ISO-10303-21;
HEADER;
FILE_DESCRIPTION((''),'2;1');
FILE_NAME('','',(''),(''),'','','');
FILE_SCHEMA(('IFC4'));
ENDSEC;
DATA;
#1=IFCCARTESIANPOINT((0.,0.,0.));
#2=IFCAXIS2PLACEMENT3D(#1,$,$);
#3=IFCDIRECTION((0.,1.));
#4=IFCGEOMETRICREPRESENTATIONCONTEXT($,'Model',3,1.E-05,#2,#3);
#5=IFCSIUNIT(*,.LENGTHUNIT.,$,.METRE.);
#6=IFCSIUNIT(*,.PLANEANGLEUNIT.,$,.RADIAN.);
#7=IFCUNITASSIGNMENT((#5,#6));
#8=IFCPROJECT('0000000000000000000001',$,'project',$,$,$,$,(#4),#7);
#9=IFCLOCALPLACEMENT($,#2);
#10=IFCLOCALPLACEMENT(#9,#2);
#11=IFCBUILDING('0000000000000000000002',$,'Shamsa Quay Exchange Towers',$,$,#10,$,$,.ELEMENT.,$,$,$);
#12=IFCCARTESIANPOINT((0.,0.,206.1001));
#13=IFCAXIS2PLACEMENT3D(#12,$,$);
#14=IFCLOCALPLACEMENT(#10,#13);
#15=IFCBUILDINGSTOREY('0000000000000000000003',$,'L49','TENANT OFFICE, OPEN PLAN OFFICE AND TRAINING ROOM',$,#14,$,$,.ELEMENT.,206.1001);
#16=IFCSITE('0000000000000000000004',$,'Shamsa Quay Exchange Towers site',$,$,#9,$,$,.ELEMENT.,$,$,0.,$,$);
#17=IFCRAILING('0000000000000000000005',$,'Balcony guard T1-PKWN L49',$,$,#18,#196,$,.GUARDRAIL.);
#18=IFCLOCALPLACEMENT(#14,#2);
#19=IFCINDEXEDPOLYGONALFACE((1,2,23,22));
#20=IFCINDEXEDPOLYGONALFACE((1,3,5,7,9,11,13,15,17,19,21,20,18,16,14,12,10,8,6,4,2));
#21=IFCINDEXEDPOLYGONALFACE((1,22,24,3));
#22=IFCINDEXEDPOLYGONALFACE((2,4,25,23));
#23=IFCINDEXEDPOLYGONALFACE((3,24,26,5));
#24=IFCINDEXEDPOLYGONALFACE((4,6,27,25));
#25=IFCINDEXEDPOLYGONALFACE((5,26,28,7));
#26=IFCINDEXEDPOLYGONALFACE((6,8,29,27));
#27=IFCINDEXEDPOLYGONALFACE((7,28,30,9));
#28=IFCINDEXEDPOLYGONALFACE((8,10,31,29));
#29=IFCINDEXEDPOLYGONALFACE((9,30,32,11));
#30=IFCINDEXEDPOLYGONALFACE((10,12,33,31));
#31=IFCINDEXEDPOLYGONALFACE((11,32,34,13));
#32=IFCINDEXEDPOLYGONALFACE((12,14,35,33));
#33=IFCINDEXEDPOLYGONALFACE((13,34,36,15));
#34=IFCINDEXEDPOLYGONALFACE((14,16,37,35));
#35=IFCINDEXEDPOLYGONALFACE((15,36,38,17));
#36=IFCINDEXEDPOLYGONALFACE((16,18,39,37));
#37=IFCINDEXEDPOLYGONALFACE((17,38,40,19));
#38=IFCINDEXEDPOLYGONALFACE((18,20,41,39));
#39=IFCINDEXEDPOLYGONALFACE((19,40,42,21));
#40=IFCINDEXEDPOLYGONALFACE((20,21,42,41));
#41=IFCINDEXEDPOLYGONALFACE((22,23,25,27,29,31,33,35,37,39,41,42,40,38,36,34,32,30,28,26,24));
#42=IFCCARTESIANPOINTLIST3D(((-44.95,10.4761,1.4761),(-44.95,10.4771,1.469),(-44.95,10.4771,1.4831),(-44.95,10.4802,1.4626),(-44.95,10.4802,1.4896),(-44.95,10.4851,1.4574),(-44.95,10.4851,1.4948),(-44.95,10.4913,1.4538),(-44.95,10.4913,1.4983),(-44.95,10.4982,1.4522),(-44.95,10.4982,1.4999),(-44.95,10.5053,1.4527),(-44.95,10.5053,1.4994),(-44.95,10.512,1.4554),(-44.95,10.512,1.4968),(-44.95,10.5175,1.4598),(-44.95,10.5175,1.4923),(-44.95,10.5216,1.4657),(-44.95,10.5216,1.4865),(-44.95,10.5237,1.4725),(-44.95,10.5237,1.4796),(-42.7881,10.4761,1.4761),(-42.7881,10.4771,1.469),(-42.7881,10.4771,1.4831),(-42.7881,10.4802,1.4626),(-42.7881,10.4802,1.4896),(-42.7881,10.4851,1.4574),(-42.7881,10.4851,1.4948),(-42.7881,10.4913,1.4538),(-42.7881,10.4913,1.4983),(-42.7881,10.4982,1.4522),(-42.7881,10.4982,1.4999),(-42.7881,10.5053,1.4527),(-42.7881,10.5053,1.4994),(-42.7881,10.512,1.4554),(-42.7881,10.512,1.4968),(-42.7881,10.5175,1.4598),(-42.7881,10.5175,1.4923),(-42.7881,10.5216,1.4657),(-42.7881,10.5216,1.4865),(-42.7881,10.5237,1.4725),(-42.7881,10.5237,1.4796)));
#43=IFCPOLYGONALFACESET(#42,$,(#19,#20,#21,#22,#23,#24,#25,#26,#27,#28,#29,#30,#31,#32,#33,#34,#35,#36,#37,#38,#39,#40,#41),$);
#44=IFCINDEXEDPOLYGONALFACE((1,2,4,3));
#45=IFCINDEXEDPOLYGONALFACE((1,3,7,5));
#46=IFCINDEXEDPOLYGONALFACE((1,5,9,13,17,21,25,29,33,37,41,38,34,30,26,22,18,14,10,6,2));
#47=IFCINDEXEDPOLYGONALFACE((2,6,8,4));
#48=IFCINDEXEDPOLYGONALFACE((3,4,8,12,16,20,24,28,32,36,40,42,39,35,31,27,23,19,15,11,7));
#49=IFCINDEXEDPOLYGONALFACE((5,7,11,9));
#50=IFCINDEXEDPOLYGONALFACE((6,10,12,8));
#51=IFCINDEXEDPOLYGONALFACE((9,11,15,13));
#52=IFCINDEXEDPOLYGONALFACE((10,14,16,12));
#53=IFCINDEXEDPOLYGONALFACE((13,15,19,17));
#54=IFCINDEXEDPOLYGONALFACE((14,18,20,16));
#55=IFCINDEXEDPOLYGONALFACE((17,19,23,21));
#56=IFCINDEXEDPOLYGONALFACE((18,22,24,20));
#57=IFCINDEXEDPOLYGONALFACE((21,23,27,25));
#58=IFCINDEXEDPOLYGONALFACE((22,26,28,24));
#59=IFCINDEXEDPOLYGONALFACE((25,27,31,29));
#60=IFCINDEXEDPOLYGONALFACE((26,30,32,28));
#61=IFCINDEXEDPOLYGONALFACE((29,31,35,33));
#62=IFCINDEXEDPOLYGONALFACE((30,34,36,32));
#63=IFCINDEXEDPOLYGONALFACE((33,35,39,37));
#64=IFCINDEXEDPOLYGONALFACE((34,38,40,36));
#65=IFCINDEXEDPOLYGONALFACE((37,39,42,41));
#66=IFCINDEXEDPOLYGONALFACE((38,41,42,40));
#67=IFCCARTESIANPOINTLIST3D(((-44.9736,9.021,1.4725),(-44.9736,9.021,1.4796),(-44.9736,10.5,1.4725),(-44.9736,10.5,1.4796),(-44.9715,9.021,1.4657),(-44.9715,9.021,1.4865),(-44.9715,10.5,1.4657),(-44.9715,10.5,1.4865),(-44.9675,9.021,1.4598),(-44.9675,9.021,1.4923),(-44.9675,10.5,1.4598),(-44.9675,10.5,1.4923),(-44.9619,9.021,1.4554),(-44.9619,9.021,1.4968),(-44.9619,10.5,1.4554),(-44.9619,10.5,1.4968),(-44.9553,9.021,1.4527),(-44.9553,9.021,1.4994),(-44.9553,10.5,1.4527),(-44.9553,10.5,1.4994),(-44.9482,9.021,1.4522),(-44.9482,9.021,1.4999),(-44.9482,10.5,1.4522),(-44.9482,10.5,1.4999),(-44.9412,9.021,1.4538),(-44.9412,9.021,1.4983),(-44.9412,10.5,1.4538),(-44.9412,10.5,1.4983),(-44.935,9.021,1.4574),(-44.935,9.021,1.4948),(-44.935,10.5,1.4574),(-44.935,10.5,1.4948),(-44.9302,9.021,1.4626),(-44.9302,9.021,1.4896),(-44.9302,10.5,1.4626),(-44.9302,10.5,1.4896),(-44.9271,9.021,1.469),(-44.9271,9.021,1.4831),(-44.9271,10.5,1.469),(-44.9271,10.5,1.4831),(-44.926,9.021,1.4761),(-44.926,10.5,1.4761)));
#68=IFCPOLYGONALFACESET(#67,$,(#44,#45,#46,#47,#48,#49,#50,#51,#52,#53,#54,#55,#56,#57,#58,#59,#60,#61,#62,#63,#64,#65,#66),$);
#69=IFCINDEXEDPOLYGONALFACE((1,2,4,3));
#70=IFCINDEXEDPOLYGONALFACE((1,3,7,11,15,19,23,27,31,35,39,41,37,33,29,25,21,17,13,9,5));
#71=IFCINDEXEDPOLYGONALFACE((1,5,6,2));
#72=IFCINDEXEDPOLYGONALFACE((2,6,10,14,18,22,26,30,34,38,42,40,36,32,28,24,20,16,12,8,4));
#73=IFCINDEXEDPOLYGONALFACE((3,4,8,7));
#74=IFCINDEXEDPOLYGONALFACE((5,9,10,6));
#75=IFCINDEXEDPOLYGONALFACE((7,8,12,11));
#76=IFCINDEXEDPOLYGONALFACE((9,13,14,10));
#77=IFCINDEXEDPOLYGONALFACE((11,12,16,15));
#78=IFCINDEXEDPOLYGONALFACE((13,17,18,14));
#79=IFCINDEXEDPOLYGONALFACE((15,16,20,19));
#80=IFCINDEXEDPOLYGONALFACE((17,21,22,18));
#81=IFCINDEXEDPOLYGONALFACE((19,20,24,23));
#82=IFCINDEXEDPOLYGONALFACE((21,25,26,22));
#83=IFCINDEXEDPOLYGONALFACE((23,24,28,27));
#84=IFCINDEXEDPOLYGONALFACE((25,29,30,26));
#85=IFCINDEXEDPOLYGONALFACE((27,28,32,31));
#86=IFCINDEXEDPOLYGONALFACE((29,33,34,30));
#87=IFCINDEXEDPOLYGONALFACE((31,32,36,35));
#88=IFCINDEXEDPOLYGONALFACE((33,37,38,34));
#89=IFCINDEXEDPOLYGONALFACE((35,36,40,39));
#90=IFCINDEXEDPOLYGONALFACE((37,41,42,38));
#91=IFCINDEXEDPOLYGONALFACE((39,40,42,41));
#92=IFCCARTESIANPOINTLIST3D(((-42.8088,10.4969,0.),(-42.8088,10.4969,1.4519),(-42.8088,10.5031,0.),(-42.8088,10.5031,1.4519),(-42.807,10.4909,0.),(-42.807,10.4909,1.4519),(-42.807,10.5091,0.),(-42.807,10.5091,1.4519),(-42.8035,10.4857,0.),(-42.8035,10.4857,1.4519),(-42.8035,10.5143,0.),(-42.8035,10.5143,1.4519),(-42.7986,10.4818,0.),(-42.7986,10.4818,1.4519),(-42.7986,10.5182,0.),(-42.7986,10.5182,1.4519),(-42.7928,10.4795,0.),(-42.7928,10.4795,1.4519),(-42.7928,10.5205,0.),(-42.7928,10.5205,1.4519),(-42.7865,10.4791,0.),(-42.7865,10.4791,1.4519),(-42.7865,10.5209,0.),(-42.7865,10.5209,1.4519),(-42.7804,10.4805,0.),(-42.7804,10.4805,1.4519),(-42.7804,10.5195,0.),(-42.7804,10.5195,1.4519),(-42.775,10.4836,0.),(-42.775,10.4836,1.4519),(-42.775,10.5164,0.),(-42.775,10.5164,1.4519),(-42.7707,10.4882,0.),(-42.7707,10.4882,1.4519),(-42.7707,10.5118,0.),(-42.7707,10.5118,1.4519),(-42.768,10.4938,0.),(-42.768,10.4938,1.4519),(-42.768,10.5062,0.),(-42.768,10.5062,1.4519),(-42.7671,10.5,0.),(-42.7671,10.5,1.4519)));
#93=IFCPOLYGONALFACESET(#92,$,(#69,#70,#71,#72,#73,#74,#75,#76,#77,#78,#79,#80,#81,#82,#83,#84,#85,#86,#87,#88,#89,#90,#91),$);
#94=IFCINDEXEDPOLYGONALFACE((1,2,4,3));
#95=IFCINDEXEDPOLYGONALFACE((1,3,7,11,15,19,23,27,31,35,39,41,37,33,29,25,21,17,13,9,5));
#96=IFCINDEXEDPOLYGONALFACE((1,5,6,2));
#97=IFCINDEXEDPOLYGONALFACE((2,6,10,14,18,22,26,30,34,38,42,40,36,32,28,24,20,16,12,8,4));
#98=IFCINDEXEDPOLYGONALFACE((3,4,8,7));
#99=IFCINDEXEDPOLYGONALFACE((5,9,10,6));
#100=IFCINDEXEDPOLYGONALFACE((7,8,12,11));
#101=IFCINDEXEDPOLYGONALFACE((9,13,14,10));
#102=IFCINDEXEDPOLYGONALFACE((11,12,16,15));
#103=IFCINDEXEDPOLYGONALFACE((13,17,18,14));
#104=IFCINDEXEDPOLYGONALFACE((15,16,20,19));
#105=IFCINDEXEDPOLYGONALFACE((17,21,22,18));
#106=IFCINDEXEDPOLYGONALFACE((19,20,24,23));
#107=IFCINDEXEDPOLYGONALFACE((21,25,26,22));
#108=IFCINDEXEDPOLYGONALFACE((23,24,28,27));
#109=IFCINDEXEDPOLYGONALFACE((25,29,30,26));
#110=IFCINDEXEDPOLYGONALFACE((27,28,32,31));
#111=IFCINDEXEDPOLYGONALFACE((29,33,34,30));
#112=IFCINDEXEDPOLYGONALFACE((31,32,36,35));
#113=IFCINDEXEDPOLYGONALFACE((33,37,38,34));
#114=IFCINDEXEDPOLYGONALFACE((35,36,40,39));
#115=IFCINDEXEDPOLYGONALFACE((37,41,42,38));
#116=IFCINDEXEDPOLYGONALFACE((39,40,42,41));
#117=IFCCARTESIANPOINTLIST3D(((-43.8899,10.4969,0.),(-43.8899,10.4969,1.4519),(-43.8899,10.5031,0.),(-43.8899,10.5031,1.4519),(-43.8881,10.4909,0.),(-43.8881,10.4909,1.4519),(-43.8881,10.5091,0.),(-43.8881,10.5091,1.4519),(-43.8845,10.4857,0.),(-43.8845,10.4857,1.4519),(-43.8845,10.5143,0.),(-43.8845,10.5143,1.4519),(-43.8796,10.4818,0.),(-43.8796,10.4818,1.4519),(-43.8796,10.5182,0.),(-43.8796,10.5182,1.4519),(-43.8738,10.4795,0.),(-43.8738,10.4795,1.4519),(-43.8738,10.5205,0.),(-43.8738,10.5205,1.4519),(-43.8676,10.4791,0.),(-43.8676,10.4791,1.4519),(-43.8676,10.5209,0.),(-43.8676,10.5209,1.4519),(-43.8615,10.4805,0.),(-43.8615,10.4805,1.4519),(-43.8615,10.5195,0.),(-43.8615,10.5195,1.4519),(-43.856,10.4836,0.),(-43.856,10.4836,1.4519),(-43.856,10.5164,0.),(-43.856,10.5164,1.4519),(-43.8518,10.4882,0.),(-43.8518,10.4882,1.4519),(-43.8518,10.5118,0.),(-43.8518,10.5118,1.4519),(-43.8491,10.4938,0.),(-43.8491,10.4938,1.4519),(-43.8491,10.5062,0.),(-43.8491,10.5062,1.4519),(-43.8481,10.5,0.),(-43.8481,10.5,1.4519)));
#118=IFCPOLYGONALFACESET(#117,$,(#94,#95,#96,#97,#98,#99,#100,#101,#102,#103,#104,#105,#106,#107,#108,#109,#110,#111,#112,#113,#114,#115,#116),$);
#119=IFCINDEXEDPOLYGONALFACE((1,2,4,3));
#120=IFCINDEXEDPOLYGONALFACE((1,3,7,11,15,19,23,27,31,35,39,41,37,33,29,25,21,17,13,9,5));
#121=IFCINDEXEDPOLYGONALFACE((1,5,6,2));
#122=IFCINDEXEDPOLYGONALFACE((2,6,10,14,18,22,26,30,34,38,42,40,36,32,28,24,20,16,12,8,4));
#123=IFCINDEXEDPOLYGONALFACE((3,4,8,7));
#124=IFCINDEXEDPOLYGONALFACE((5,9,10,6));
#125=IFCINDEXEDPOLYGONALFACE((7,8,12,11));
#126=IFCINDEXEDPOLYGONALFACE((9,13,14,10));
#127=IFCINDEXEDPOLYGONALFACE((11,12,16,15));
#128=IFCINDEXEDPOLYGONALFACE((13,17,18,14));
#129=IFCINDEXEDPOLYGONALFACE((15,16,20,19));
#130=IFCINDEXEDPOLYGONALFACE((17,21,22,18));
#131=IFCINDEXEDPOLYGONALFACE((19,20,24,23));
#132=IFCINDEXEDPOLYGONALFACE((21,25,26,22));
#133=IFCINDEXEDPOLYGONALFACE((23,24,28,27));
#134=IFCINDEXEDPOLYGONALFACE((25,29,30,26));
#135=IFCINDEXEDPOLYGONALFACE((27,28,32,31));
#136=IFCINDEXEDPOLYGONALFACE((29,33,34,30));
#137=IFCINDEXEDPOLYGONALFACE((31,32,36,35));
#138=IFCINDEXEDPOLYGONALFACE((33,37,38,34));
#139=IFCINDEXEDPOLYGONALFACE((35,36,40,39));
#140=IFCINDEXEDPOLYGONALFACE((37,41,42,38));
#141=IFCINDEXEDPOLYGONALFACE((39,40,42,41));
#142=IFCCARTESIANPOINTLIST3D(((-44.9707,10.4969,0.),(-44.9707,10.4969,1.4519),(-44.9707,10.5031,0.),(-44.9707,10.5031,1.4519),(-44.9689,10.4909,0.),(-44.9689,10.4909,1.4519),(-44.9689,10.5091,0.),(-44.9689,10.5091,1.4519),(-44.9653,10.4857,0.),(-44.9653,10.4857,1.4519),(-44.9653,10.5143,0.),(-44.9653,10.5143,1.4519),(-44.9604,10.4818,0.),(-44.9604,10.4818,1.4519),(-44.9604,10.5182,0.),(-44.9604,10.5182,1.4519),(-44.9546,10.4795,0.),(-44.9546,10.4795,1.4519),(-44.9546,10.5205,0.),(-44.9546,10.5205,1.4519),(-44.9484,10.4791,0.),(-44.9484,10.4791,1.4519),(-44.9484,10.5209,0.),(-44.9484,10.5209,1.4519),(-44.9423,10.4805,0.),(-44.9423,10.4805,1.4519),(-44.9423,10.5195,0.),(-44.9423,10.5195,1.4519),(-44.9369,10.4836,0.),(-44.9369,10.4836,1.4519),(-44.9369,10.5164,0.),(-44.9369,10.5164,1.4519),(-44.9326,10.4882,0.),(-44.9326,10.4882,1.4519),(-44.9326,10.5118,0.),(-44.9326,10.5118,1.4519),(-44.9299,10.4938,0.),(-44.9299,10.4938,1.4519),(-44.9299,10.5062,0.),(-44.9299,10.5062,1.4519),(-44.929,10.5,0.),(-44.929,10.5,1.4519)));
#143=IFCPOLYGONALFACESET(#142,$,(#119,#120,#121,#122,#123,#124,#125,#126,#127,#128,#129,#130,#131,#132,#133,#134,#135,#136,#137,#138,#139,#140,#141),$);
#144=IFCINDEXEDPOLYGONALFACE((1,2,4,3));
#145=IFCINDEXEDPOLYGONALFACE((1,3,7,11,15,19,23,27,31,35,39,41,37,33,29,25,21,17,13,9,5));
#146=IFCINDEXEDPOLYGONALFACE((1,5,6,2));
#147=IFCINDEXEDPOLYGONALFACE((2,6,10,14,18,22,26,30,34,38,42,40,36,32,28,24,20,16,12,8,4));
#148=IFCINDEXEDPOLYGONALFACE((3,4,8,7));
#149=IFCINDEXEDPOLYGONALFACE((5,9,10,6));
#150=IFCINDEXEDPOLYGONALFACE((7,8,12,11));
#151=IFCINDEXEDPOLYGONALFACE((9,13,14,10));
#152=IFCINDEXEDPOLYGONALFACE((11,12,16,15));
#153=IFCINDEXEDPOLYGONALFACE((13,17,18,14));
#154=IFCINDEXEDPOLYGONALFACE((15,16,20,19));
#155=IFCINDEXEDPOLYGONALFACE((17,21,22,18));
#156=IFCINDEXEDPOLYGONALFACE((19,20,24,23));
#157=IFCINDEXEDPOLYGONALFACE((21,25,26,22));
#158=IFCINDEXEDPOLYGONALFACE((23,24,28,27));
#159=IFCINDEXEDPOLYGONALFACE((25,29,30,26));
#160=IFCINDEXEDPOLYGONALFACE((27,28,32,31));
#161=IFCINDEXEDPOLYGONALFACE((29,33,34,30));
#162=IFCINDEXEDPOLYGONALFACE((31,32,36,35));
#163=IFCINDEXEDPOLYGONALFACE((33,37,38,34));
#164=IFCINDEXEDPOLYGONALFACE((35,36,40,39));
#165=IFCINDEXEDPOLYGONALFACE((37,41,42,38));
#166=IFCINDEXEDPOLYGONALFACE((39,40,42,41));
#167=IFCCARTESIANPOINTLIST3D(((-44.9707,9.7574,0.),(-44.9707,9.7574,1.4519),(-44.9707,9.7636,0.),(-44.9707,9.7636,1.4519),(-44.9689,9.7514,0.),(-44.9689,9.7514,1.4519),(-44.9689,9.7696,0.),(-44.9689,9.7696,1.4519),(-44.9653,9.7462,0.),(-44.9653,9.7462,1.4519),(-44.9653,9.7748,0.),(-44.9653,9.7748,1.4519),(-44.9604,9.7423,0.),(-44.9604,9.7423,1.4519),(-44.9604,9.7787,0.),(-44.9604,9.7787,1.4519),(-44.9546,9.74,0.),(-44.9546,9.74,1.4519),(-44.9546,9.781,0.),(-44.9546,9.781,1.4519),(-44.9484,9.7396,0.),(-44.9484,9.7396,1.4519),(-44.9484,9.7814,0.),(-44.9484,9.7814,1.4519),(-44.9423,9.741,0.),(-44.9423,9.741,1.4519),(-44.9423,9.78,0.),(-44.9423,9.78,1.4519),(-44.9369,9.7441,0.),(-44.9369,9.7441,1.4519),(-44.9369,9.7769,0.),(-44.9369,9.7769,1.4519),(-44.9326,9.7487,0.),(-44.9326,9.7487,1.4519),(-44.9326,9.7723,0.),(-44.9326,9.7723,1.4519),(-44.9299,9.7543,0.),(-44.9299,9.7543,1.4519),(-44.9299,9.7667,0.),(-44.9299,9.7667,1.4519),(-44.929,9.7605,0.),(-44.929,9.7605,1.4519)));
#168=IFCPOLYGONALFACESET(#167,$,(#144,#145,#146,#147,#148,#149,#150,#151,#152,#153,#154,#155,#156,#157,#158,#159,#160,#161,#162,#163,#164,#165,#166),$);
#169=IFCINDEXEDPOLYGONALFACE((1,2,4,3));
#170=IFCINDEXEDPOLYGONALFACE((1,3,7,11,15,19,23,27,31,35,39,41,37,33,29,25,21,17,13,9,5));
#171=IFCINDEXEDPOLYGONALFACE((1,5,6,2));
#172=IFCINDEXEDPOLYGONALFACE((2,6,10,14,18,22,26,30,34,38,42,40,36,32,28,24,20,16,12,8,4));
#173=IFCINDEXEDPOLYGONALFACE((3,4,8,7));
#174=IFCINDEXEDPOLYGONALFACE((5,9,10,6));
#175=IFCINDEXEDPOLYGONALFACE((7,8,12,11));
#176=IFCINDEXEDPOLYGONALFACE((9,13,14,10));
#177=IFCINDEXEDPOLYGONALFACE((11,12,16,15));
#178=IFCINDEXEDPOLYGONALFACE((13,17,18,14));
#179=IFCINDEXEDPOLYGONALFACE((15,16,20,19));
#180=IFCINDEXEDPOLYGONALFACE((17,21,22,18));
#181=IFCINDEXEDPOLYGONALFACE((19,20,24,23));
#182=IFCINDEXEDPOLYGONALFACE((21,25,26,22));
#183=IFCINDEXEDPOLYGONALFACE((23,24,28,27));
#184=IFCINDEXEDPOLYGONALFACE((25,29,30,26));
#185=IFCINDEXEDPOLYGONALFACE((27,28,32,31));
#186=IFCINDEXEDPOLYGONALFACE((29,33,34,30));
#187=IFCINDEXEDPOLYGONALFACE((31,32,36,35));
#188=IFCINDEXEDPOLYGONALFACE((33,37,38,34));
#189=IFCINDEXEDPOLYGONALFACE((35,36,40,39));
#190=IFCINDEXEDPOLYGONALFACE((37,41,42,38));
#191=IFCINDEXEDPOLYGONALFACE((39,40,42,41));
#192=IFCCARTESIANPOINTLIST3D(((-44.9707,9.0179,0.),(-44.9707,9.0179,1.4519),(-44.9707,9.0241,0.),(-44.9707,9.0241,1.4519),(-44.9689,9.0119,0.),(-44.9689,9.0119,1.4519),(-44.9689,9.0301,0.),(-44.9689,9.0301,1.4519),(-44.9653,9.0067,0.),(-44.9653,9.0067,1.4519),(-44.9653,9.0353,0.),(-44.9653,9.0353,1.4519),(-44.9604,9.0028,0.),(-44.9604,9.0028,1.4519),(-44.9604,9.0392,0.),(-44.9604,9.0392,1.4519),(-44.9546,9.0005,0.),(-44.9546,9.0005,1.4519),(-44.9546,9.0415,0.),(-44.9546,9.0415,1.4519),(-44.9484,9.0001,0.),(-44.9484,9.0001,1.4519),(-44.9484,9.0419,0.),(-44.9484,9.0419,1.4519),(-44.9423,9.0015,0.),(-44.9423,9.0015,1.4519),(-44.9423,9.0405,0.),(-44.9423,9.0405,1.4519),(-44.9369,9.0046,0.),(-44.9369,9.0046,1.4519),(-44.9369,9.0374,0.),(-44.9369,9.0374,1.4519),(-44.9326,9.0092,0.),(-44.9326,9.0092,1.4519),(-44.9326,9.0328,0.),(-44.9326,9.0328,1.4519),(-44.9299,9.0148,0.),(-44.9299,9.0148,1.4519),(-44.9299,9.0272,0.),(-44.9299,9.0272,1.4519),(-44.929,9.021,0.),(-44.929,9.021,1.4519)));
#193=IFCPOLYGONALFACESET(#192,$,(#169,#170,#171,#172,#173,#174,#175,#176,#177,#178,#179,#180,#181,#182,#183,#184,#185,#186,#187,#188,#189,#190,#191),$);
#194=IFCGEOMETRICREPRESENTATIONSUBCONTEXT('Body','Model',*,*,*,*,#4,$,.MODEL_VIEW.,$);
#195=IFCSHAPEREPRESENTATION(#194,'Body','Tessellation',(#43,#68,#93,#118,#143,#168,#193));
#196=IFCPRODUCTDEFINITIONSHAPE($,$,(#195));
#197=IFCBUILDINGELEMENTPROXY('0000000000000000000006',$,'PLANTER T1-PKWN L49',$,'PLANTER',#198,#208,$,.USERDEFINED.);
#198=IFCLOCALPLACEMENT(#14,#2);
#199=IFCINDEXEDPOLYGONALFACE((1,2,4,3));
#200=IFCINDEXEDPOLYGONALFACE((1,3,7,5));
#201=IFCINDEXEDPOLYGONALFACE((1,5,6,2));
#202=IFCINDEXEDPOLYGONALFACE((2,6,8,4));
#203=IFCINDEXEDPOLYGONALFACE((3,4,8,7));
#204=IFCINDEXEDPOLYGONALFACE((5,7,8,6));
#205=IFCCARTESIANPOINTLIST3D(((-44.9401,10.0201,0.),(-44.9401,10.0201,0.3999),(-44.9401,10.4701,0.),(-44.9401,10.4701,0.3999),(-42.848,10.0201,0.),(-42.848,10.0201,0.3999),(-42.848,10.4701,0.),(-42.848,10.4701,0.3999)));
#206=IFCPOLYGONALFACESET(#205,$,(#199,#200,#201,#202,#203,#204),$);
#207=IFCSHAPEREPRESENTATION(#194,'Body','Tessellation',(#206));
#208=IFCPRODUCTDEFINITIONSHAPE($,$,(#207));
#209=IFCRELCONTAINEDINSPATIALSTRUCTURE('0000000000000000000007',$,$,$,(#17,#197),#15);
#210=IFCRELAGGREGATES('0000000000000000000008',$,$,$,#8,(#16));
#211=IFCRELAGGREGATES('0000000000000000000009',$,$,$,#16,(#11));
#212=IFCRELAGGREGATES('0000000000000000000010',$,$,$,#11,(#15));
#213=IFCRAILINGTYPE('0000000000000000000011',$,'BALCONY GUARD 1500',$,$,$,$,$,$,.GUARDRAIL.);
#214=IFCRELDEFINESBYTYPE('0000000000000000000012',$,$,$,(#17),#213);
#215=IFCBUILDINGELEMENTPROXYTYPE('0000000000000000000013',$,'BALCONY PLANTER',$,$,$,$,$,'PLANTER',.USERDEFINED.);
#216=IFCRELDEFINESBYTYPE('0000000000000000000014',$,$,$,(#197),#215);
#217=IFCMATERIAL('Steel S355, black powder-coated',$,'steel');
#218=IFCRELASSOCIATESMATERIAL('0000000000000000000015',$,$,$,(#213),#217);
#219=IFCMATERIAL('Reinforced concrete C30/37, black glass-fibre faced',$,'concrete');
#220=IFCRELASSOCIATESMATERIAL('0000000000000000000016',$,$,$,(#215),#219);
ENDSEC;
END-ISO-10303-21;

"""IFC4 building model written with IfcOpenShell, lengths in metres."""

from ifc_helpers import new_model, si_unit, direction, frame, origin, origin_2d, place, context, subcontext, project, spatial, rectangle, circle, extrude, material, type_object, element, save


model = new_model("IFC4")

# Units and contexts
model_context = context("Model", 3, precision=1e-05, world=origin(), true_north=direction((0.0, 1.0)))
body_context = subcontext(model_context, "Body", "Model", "MODEL_VIEW")
ifc_project = project(units=[si_unit("LENGTHUNIT", "METRE"), si_unit("PLANEANGLEUNIT", "RADIAN")], contexts=[model_context])

# Site, building, storey
site_placement = place(None, origin())
site = spatial("IfcSite", under=ifc_project, at=site_placement, Name="Shamsa Quay Exchange Towers site", CompositionType="ELEMENT", RefElevation=0.0)
building_placement = place(site_placement, origin())
building = spatial("IfcBuilding", under=site, at=building_placement, Name="Shamsa Quay Exchange Towers", CompositionType="ELEMENT")
storey_placement = place(building_placement, frame((0.0, 0.0, 206.1001)))
storey = spatial("IfcBuildingStorey", under=building, at=storey_placement, Name="L49", Description="TENANT OFFICE, OPEN PLAN OFFICE AND TRAINING ROOM", CompositionType="ELEMENT", Elevation=206.1001)

# Railing
ifc_material_1 = material(Name="Steel S355, black powder-coated", Category="steel")
railing_type = type_object("IfcRailingType", Name="BALCONY GUARD 1500", PredefinedType="GUARDRAIL", material=ifc_material_1)
railing_placement = place(storey_placement, frame((-42.7881, 10.5, 0.0)))
element("IfcRailing", 1, at=railing_placement, inside=storey, type_object=railing_type, Name="Balcony guard T1-PKWN L49", PredefinedType="GUARDRAIL", context=body_context, shape_type="SweptSolid", body=[
    extrude(circle(Radius=0.0239, at=origin_2d()), frame((0.0, 0.0, 1.4761), z_axis=(-1.0, 0.0, 0.0), x_axis=(0.0, -1.0, 0.0)), (0.0, 0.0, 1.0), 2.1619),
    extrude(circle(Radius=0.0239, at=origin_2d()), frame((-2.1619, 0.0, 1.4761), z_axis=(0.0, -1.0, 0.0), x_axis=(1.0, 0.0, 0.0)), (0.0, 0.0, 1.0), 1.479),
    extrude(circle(Radius=0.021, at=origin_2d()), origin(), (0.0, 0.0, 1.0), 1.4519),
    extrude(circle(Radius=0.021, at=origin_2d()), frame((-1.0811, 0.0, 0.0)), (0.0, 0.0, 1.0), 1.4519),
    extrude(circle(Radius=0.021, at=origin_2d()), frame((-2.1619, 0.0, 0.0)), (0.0, 0.0, 1.0), 1.4519),
    extrude(circle(Radius=0.021, at=origin_2d()), frame((-2.1619, -0.7395, 0.0)), (0.0, 0.0, 1.0), 1.4519),
    extrude(circle(Radius=0.021, at=origin_2d()), frame((-2.1619, -1.479, 0.0)), (0.0, 0.0, 1.0), 1.4519),
])

# Building element proxy
ifc_material_2 = material(Name="Reinforced concrete C30/37, black glass-fibre faced", Category="concrete")
building_element_proxy_type = type_object("IfcBuildingElementProxyType", Name="BALCONY PLANTER", ElementType="PLANTER", PredefinedType="USERDEFINED", material=ifc_material_2)
proxy_placement = place(storey_placement, frame((-43.894, 10.2451, 0.0), z_axis=(0.0, 0.0, 1.0), x_axis=(-1.0, 0.0, 0.0)))
element("IfcBuildingElementProxy", 2, at=proxy_placement, inside=storey, type_object=building_element_proxy_type, Name="PLANTER T1-PKWN L49", ObjectType="PLANTER", PredefinedType="USERDEFINED", context=body_context, shape_type="SweptSolid", body=[
    extrude(rectangle(XDim=2.092, YDim=0.45, at=origin_2d()), origin(), (0.0, 0.0, 1.0), 0.3999),
])

save(model, "model.ifc")
